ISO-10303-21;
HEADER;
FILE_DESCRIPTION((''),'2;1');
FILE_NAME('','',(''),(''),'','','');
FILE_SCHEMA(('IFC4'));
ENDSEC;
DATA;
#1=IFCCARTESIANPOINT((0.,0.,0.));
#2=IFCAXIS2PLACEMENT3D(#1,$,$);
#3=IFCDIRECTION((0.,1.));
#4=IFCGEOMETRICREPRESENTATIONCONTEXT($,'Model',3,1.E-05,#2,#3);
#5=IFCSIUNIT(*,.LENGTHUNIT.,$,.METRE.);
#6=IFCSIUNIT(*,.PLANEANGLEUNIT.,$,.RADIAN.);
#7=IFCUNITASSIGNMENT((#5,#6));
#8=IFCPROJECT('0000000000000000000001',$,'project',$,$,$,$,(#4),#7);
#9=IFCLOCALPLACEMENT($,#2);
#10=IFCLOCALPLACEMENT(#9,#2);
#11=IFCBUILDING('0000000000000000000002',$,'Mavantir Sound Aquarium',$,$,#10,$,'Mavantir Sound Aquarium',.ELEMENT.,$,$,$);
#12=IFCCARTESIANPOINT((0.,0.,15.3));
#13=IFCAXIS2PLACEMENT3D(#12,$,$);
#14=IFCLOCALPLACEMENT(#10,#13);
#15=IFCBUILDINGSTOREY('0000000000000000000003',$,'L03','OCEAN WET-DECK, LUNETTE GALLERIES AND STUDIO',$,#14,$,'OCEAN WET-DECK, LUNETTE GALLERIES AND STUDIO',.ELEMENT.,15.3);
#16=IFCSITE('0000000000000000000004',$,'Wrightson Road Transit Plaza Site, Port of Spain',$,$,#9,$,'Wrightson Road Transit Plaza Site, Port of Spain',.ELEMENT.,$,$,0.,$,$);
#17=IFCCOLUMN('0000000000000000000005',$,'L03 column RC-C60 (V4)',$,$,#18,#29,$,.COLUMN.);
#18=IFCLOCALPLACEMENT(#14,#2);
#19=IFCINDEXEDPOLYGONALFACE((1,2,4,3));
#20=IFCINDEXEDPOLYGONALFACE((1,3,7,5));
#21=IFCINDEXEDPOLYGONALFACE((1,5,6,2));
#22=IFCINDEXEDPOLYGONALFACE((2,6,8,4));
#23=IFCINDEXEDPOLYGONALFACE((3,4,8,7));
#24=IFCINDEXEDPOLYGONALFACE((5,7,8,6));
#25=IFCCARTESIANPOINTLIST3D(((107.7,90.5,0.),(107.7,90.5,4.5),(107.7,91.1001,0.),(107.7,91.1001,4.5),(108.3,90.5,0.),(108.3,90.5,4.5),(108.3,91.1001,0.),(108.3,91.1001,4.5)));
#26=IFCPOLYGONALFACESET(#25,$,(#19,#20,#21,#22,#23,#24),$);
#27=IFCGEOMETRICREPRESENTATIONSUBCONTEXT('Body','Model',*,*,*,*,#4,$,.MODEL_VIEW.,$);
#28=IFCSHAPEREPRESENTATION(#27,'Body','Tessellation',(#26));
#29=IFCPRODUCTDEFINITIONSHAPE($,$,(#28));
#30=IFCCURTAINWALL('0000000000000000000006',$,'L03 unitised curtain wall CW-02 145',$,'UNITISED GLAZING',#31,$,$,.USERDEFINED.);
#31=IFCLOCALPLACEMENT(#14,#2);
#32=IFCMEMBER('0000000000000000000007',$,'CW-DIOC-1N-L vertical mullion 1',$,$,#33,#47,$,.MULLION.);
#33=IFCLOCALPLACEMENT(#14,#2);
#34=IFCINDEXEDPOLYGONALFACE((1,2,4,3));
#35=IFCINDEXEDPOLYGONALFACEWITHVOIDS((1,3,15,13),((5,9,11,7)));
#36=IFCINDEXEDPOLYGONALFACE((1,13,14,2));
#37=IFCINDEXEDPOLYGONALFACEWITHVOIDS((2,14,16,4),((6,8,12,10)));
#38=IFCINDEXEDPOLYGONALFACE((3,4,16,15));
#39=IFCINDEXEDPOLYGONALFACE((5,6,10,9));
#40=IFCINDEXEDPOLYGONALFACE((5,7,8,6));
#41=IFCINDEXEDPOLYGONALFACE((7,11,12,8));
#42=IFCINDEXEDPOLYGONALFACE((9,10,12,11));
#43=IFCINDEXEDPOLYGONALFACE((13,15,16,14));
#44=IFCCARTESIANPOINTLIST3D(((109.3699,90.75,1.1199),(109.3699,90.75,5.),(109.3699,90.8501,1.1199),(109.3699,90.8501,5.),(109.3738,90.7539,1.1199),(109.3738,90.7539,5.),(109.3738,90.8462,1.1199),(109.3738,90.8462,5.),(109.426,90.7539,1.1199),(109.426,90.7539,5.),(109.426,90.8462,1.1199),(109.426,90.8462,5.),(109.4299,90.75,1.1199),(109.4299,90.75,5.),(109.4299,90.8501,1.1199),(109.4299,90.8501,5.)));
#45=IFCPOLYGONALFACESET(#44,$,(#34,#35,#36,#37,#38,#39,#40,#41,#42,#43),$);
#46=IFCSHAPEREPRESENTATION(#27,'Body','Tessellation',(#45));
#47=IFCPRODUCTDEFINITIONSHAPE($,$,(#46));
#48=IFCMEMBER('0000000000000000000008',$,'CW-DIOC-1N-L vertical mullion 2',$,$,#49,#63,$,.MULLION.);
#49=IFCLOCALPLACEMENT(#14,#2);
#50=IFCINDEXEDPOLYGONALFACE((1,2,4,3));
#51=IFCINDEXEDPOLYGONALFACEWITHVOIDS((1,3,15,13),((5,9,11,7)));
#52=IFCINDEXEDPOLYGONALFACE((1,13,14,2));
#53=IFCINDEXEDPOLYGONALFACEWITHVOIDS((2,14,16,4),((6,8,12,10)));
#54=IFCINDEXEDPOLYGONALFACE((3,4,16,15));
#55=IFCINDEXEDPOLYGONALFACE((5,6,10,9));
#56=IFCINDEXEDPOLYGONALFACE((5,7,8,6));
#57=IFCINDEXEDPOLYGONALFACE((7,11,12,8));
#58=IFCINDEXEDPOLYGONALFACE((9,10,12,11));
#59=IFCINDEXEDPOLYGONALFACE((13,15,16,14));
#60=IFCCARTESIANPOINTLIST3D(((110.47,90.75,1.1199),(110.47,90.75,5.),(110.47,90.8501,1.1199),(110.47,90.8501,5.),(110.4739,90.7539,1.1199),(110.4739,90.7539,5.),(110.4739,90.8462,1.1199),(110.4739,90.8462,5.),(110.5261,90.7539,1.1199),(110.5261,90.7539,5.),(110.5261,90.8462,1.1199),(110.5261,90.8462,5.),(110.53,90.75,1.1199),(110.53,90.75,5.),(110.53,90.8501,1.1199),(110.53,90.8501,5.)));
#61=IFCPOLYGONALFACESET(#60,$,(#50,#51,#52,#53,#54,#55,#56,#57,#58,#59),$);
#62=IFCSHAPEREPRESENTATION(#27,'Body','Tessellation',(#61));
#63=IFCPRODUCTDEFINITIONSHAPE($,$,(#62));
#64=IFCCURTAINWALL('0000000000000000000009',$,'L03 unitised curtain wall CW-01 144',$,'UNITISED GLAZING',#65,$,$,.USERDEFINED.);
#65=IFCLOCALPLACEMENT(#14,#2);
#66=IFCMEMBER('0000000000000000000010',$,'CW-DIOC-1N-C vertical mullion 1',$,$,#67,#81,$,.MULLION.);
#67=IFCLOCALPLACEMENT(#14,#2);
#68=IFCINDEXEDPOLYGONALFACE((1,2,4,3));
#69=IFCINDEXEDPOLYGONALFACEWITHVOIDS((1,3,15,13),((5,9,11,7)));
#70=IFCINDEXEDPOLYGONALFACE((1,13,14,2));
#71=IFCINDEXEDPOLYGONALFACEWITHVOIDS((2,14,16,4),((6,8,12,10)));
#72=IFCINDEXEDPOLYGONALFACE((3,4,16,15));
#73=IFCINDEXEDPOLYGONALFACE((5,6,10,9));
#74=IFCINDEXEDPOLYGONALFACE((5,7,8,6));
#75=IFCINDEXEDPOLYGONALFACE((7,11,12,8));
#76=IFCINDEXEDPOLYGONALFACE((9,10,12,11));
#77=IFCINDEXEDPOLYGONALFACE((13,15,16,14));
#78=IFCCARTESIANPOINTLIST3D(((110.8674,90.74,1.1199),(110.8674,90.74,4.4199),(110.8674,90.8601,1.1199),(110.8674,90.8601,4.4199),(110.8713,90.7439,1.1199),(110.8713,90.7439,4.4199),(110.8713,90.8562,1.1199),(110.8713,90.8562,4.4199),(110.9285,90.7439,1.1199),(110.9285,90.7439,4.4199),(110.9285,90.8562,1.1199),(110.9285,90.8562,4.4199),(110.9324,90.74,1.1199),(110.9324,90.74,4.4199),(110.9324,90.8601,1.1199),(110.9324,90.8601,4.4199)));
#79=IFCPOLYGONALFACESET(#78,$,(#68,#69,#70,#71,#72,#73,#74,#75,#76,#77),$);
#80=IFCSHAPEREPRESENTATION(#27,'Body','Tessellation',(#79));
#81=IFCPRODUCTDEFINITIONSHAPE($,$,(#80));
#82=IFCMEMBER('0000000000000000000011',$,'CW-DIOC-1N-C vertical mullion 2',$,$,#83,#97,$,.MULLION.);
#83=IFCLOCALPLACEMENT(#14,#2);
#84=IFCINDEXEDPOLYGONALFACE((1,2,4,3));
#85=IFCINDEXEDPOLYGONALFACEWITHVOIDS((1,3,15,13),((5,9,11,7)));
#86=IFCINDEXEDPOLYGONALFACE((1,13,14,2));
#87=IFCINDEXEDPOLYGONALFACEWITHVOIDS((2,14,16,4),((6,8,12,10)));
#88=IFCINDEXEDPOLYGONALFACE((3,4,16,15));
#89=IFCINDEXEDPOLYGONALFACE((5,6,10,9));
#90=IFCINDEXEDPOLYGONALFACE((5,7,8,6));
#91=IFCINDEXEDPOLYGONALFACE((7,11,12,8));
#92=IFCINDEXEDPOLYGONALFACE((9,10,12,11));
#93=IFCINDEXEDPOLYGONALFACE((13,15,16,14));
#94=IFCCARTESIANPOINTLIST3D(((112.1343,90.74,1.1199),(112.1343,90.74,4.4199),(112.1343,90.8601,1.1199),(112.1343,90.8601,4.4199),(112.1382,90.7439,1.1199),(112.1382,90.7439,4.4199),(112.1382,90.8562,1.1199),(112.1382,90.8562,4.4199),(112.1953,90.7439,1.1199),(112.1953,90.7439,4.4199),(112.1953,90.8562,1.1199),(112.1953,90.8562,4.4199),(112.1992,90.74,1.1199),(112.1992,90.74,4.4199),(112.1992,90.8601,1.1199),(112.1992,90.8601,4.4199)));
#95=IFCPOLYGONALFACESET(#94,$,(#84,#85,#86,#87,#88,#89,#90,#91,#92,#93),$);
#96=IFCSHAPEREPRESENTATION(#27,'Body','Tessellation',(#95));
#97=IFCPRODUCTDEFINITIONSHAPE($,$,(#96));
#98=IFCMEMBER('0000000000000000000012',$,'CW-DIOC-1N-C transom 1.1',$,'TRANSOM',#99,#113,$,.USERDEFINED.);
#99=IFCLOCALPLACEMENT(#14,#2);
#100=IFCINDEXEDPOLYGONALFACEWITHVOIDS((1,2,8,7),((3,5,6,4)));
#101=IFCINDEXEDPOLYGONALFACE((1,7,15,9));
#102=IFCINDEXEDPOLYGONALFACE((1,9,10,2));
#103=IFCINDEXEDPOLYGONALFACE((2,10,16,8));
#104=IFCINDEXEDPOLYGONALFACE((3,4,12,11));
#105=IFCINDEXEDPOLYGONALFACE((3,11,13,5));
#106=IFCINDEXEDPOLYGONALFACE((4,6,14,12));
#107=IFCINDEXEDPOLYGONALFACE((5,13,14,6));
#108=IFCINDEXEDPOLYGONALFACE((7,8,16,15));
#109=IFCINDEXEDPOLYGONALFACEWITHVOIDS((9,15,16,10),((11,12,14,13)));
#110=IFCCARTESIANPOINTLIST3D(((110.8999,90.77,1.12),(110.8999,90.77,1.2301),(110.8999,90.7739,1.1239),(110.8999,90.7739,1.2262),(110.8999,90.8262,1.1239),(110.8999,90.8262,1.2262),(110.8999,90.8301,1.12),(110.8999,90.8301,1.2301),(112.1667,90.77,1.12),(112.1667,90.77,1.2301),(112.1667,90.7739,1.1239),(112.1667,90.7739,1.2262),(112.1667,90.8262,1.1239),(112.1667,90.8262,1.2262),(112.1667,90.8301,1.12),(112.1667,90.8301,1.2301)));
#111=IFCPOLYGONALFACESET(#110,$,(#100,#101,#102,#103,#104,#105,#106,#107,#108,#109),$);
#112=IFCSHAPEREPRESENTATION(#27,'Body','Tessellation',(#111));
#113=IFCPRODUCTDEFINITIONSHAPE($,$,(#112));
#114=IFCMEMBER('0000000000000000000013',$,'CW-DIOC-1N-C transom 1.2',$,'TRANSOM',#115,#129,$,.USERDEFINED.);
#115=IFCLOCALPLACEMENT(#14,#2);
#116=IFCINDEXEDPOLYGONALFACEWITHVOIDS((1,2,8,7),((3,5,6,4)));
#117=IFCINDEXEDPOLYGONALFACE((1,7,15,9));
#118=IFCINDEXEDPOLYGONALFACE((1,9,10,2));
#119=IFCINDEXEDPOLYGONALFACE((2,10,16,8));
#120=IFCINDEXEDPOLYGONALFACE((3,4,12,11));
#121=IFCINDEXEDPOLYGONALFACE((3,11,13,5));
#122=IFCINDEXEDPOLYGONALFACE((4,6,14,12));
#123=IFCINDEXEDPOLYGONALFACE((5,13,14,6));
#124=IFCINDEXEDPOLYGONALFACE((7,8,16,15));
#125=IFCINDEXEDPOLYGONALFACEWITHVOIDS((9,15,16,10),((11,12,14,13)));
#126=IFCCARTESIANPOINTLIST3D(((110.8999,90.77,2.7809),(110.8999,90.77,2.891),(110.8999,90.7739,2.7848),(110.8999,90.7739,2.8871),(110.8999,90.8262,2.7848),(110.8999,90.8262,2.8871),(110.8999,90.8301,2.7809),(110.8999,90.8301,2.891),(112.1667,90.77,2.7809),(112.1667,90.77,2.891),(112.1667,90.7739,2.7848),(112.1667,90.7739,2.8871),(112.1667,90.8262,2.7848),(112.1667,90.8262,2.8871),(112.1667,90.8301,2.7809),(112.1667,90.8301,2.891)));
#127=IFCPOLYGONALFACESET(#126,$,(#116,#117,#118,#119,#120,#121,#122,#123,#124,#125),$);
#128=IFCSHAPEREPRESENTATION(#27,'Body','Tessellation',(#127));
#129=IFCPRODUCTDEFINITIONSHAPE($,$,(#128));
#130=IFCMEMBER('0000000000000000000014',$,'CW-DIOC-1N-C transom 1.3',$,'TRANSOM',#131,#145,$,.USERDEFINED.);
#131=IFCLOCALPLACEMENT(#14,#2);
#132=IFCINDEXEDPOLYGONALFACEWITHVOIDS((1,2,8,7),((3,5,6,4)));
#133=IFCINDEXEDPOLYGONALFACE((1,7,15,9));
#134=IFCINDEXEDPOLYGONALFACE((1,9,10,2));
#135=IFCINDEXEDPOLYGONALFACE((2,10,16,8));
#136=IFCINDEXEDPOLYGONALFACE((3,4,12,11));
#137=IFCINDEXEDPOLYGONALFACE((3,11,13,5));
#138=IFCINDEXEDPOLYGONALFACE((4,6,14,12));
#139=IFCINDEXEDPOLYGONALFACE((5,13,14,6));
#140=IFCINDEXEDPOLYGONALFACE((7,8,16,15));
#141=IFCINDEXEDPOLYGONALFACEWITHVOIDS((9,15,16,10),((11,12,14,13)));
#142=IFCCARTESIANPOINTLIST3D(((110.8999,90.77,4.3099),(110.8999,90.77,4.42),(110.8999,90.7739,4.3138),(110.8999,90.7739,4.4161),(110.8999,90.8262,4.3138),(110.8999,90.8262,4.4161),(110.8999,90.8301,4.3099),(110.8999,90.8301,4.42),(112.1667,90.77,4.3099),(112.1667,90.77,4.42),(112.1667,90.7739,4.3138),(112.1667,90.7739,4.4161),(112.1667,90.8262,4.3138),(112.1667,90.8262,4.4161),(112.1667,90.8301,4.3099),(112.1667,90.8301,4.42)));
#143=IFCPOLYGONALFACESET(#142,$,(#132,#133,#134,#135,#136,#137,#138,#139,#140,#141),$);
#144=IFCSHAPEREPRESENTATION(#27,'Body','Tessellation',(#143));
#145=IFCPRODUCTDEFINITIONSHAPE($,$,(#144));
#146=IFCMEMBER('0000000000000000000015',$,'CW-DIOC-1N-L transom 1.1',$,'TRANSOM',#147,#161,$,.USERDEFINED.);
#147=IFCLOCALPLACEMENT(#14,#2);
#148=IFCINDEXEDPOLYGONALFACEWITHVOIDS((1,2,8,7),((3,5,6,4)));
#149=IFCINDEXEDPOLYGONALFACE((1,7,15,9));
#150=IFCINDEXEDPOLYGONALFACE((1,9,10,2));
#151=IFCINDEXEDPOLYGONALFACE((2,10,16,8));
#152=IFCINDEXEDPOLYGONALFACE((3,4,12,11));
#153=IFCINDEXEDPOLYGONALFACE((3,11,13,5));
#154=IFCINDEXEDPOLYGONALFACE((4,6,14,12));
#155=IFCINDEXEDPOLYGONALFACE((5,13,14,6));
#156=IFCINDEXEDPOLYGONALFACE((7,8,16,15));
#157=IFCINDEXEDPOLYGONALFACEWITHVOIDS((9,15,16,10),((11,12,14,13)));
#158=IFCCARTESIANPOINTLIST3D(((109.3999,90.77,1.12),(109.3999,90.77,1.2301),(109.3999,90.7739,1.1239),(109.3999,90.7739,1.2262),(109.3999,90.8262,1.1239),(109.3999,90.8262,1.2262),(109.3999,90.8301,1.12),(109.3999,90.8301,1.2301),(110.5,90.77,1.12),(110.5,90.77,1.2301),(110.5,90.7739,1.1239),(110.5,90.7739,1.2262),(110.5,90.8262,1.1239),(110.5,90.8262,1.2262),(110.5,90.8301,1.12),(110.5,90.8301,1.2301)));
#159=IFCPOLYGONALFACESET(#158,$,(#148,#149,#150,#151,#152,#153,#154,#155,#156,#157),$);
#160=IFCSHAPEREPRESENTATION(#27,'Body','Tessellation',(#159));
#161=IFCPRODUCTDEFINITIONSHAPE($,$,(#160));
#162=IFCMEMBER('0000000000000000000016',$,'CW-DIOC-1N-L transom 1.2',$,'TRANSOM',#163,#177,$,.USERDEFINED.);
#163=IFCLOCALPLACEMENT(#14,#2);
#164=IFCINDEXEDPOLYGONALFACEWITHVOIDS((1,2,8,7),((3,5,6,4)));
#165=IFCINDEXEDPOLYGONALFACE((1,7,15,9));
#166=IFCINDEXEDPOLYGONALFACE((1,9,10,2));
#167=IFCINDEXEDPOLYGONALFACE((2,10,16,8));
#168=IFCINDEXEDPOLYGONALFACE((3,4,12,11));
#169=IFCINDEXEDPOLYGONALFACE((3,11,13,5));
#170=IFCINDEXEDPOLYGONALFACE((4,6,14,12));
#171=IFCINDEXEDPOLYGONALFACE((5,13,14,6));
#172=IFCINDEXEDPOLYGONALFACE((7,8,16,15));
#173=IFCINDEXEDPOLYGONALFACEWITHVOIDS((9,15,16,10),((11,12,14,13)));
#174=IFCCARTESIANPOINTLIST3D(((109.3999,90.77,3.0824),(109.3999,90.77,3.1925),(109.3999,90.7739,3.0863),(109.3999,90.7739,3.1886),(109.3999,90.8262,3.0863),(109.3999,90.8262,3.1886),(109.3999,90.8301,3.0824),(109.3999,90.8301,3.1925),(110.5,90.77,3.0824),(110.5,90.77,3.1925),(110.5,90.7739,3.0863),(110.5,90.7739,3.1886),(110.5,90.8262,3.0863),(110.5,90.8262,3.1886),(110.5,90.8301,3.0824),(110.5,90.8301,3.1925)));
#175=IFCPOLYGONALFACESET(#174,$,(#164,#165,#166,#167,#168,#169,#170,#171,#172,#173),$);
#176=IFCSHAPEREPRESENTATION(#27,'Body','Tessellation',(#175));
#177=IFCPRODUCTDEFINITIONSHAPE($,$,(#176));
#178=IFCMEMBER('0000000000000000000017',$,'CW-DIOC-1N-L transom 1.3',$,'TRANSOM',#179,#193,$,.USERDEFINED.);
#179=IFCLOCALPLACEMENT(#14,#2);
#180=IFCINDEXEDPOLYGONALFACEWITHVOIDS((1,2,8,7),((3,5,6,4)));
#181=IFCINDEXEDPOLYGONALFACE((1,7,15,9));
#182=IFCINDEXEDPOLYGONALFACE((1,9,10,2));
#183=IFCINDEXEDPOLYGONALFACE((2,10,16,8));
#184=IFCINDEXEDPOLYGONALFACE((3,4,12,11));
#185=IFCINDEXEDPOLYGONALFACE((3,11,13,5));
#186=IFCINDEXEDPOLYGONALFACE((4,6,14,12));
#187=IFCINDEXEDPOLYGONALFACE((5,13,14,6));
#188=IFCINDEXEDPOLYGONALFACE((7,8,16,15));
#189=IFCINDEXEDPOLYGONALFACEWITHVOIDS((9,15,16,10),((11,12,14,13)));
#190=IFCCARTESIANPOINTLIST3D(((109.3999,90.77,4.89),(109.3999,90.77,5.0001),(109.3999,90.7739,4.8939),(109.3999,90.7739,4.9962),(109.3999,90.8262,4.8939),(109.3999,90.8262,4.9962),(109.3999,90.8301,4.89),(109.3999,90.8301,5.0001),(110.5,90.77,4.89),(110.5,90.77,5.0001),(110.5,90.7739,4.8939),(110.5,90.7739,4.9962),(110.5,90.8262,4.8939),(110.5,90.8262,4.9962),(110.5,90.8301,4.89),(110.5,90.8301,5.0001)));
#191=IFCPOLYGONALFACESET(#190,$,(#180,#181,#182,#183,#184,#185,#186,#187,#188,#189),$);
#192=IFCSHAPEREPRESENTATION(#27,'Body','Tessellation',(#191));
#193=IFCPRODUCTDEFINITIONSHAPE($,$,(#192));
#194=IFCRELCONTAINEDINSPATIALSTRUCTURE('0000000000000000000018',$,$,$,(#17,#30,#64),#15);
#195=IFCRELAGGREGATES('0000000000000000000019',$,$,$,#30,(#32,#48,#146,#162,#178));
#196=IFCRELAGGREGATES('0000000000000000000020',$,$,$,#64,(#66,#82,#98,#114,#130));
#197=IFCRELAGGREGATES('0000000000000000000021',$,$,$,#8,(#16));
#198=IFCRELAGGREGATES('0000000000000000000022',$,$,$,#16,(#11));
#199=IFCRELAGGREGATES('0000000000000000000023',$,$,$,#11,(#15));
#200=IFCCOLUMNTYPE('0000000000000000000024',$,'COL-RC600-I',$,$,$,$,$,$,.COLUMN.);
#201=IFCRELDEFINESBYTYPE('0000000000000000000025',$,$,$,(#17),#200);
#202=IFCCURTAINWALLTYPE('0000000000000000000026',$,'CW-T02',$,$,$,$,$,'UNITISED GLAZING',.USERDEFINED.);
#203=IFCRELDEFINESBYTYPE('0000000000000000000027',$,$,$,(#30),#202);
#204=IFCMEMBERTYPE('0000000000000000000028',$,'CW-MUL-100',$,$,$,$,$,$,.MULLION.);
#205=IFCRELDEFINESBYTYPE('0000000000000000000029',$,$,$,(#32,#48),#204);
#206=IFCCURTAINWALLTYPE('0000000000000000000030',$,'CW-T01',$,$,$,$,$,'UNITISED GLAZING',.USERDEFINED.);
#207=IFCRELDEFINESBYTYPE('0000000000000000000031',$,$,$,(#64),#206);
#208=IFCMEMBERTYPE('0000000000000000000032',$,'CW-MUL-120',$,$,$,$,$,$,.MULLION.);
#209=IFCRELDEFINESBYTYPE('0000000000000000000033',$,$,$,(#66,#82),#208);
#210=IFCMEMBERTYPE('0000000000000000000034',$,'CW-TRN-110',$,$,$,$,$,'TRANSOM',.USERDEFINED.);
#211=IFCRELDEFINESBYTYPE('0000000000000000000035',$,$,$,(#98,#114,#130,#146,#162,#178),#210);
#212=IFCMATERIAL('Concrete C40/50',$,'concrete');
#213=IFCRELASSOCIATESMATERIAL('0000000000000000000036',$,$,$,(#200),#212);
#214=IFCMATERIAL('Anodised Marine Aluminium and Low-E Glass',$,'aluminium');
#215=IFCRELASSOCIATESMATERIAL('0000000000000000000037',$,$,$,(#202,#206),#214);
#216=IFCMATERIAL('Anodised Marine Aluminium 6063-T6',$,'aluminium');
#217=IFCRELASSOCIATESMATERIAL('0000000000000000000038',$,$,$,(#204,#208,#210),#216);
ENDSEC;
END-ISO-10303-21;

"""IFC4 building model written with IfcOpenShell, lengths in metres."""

from ifc_helpers import new_model, si_unit, direction, frame, origin, origin_2d, place, context, subcontext, project, spatial, rectangle, hollow_rectangle, extrude, material, material_profile, profile_set, type_object, element, aggregate, save


model = new_model("IFC4")

# Units and contexts
model_context = context("Model", 3, precision=1e-05, world=origin(), true_north=direction((0.0, 1.0)))
body_context = subcontext(model_context, "Body", "Model", "MODEL_VIEW")
ifc_project = project(units=[si_unit("LENGTHUNIT", "METRE"), si_unit("PLANEANGLEUNIT", "RADIAN")], contexts=[model_context])

# Site, building, storey
site_placement = place(None, origin())
site = spatial("IfcSite", under=ifc_project, at=site_placement, Name="Wrightson Road Transit Plaza Site, Port of Spain", LongName="Wrightson Road Transit Plaza Site, Port of Spain", CompositionType="ELEMENT", RefElevation=0.0)
building_placement = place(site_placement, origin())
building = spatial("IfcBuilding", under=site, at=building_placement, Name="Mavantir Sound Aquarium", LongName="Mavantir Sound Aquarium", CompositionType="ELEMENT")
storey_placement = place(building_placement, frame((0.0, 0.0, 15.3)))
storey = spatial("IfcBuildingStorey", under=building, at=storey_placement, Name="L03", Description="OCEAN WET-DECK, LUNETTE GALLERIES AND STUDIO", LongName="OCEAN WET-DECK, LUNETTE GALLERIES AND STUDIO", CompositionType="ELEMENT", Elevation=15.3)

# Column
ifc_material_1 = material(Name="Concrete C40/50", Category="concrete")
ifc_material_profile_1 = material_profile(ifc_material_1, rectangle(XDim=0.6001, YDim=0.6001, at=origin_2d()), Name="RC 600X600")
ifc_profile_set_1 = profile_set([ifc_material_profile_1], Name="Concrete C40/50")
column_type = type_object("IfcColumnType", Name="COL-RC600-I", PredefinedType="COLUMN", material=ifc_profile_set_1)
column_placement = place(storey_placement, frame((108.0, 90.8, 0.0), z_axis=(0.0, 0.0, 1.0), x_axis=(1.0, 0.0, 0.0)))
element("IfcColumn", 1, at=column_placement, inside=storey, type_object=column_type, Name="L03 column RC-C60 (V4)", PredefinedType="COLUMN", context=body_context, shape_type="SweptSolid", body=[
    extrude(rectangle(XDim=0.6001, YDim=0.6001, at=origin_2d()), origin(), (0.0, 0.0, 1.0), 4.5),
])

# Curtain walls, members
ifc_material_2 = material(Name="Anodised Marine Aluminium and Low-E Glass", Category="aluminium")
curtain_wall_type_1 = type_object("IfcCurtainWallType", Name="CW-T02", ElementType="UNITISED GLAZING", PredefinedType="USERDEFINED", material=ifc_material_2)
curtain_wall_1_placement = place(storey_placement, origin())
curtain_wall_1 = element("IfcCurtainWall", 2, at=curtain_wall_1_placement, inside=storey, type_object=curtain_wall_type_1, Name="L03 unitised curtain wall CW-02 145", ObjectType="UNITISED GLAZING", PredefinedType="USERDEFINED")
ifc_material_3 = material(Name="Anodised Marine Aluminium 6063-T6", Category="aluminium")
ifc_material_profile_2 = material_profile(ifc_material_3, hollow_rectangle(XDim=0.0601, YDim=0.1001, WallThickness=0.0039, at=origin_2d()), Name="ALU-MULLION-100X60")
ifc_profile_set_2 = profile_set([ifc_material_profile_2], Name="Anodised Marine Aluminium 6063-T6")
member_type_1 = type_object("IfcMemberType", Name="CW-MUL-100", PredefinedType="MULLION", material=ifc_profile_set_2)
member_1_placement = place(storey_placement, frame((109.3999, 90.8, 1.1199), z_axis=(0.0, 0.0, 1.0), x_axis=(1.0, 0.0, 0.0)))
member_1 = element("IfcMember", 3, at=member_1_placement, type_object=member_type_1, Name="CW-DIOC-1N-L vertical mullion 1", PredefinedType="MULLION", context=body_context, shape_type="SweptSolid", body=[
    extrude(hollow_rectangle(XDim=0.0601, YDim=0.1001, WallThickness=0.0039, at=origin_2d()), origin(), (0.0, 0.0, 1.0), 3.8801),
])
member_2_placement = place(storey_placement, frame((110.5, 90.8, 1.1199), z_axis=(0.0, 0.0, 1.0), x_axis=(1.0, 0.0, 0.0)))
member_2 = element("IfcMember", 4, at=member_2_placement, type_object=member_type_1, Name="CW-DIOC-1N-L vertical mullion 2", PredefinedType="MULLION", context=body_context, shape_type="SweptSolid", body=[
    extrude(hollow_rectangle(XDim=0.0601, YDim=0.1001, WallThickness=0.0039, at=origin_2d()), origin(), (0.0, 0.0, 1.0), 3.8801),
])
curtain_wall_type_2 = type_object("IfcCurtainWallType", Name="CW-T01", ElementType="UNITISED GLAZING", PredefinedType="USERDEFINED", material=ifc_material_2)
curtain_wall_2_placement = place(storey_placement, origin())
curtain_wall_2 = element("IfcCurtainWall", 5, at=curtain_wall_2_placement, inside=storey, type_object=curtain_wall_type_2, Name="L03 unitised curtain wall CW-01 144", ObjectType="UNITISED GLAZING", PredefinedType="USERDEFINED")
ifc_material_profile_3 = material_profile(ifc_material_3, hollow_rectangle(XDim=0.0649, YDim=0.1201, WallThickness=0.0039, at=origin_2d()), Name="ALU-MULLION-120X65")
ifc_profile_set_3 = profile_set([ifc_material_profile_3], Name="Anodised Marine Aluminium 6063-T6")
member_type_2 = type_object("IfcMemberType", Name="CW-MUL-120", PredefinedType="MULLION", material=ifc_profile_set_3)
member_3_placement = place(storey_placement, frame((110.8999, 90.8, 1.1199), z_axis=(0.0, 0.0, 1.0), x_axis=(1.0, 0.0, 0.0)))
member_3 = element("IfcMember", 6, at=member_3_placement, type_object=member_type_2, Name="CW-DIOC-1N-C vertical mullion 1", PredefinedType="MULLION", context=body_context, shape_type="SweptSolid", body=[
    extrude(hollow_rectangle(XDim=0.0649, YDim=0.1201, WallThickness=0.0039, at=origin_2d()), origin(), (0.0, 0.0, 1.0), 3.3),
])
member_4_placement = place(storey_placement, frame((112.1667, 90.8, 1.1199), z_axis=(0.0, 0.0, 1.0), x_axis=(1.0, 0.0, 0.0)))
member_4 = element("IfcMember", 7, at=member_4_placement, type_object=member_type_2, Name="CW-DIOC-1N-C vertical mullion 2", PredefinedType="MULLION", context=body_context, shape_type="SweptSolid", body=[
    extrude(hollow_rectangle(XDim=0.0649, YDim=0.1201, WallThickness=0.0039, at=origin_2d()), origin(), (0.0, 0.0, 1.0), 3.3),
])
ifc_material_profile_4 = material_profile(ifc_material_3, hollow_rectangle(XDim=0.0601, YDim=0.1101, WallThickness=0.0039, at=origin_2d()), Name="ALU-TRANSOM-110X60")
ifc_profile_set_4 = profile_set([ifc_material_profile_4], Name="Anodised Marine Aluminium 6063-T6")
member_type_3 = type_object("IfcMemberType", Name="CW-TRN-110", ElementType="TRANSOM", PredefinedType="USERDEFINED", material=ifc_profile_set_4)
member_5_placement = place(storey_placement, frame((110.8999, 90.8, 1.175), z_axis=(1.0, 0.0, 0.0), x_axis=(0.0, 1.0, 0.0)))
member_5 = element("IfcMember", 8, at=member_5_placement, type_object=member_type_3, Name="CW-DIOC-1N-C transom 1.1", ObjectType="TRANSOM", PredefinedType="USERDEFINED", context=body_context, shape_type="SweptSolid", body=[
    extrude(hollow_rectangle(XDim=0.0601, YDim=0.1101, WallThickness=0.0039, at=origin_2d()), origin(), (0.0, 0.0, 1.0), 1.2668),
])
member_6_placement = place(storey_placement, frame((110.8999, 90.8, 2.8359), z_axis=(1.0, 0.0, 0.0), x_axis=(0.0, 1.0, 0.0)))
member_6 = element("IfcMember", 9, at=member_6_placement, type_object=member_type_3, Name="CW-DIOC-1N-C transom 1.2", ObjectType="TRANSOM", PredefinedType="USERDEFINED", context=body_context, shape_type="SweptSolid", body=[
    extrude(hollow_rectangle(XDim=0.0601, YDim=0.1101, WallThickness=0.0039, at=origin_2d()), origin(), (0.0, 0.0, 1.0), 1.2668),
])
member_7_placement = place(storey_placement, frame((110.8999, 90.8, 4.365), z_axis=(1.0, 0.0, 0.0), x_axis=(0.0, 1.0, 0.0)))
member_7 = element("IfcMember", 10, at=member_7_placement, type_object=member_type_3, Name="CW-DIOC-1N-C transom 1.3", ObjectType="TRANSOM", PredefinedType="USERDEFINED", context=body_context, shape_type="SweptSolid", body=[
    extrude(hollow_rectangle(XDim=0.0601, YDim=0.1101, WallThickness=0.0039, at=origin_2d()), origin(), (0.0, 0.0, 1.0), 1.2668),
])

# Members
member_8_placement = place(storey_placement, frame((109.3999, 90.8, 1.175), z_axis=(1.0, 0.0, 0.0), x_axis=(0.0, 1.0, 0.0)))
member_8 = element("IfcMember", 11, at=member_8_placement, type_object=member_type_3, Name="CW-DIOC-1N-L transom 1.1", ObjectType="TRANSOM", PredefinedType="USERDEFINED", context=body_context, shape_type="SweptSolid", body=[
    extrude(hollow_rectangle(XDim=0.0601, YDim=0.1101, WallThickness=0.0039, at=origin_2d()), origin(), (0.0, 0.0, 1.0), 1.1001),
])
member_9_placement = place(storey_placement, frame((109.3999, 90.8, 3.1375), z_axis=(1.0, 0.0, 0.0), x_axis=(0.0, 1.0, 0.0)))
member_9 = element("IfcMember", 12, at=member_9_placement, type_object=member_type_3, Name="CW-DIOC-1N-L transom 1.2", ObjectType="TRANSOM", PredefinedType="USERDEFINED", context=body_context, shape_type="SweptSolid", body=[
    extrude(hollow_rectangle(XDim=0.0601, YDim=0.1101, WallThickness=0.0039, at=origin_2d()), origin(), (0.0, 0.0, 1.0), 1.1001),
])
member_10_placement = place(storey_placement, frame((109.3999, 90.8, 4.9451), z_axis=(1.0, 0.0, 0.0), x_axis=(0.0, 1.0, 0.0)))
member_10 = element("IfcMember", 13, at=member_10_placement, type_object=member_type_3, Name="CW-DIOC-1N-L transom 1.3", ObjectType="TRANSOM", PredefinedType="USERDEFINED", context=body_context, shape_type="SweptSolid", body=[
    extrude(hollow_rectangle(XDim=0.0601, YDim=0.1101, WallThickness=0.0039, at=origin_2d()), origin(), (0.0, 0.0, 1.0), 1.1001),
])

aggregate(curtain_wall_1, [member_1, member_2, member_8, member_9, member_10])
aggregate(curtain_wall_2, [member_3, member_4, member_5, member_6, member_7])

save(model, "model.ifc")
